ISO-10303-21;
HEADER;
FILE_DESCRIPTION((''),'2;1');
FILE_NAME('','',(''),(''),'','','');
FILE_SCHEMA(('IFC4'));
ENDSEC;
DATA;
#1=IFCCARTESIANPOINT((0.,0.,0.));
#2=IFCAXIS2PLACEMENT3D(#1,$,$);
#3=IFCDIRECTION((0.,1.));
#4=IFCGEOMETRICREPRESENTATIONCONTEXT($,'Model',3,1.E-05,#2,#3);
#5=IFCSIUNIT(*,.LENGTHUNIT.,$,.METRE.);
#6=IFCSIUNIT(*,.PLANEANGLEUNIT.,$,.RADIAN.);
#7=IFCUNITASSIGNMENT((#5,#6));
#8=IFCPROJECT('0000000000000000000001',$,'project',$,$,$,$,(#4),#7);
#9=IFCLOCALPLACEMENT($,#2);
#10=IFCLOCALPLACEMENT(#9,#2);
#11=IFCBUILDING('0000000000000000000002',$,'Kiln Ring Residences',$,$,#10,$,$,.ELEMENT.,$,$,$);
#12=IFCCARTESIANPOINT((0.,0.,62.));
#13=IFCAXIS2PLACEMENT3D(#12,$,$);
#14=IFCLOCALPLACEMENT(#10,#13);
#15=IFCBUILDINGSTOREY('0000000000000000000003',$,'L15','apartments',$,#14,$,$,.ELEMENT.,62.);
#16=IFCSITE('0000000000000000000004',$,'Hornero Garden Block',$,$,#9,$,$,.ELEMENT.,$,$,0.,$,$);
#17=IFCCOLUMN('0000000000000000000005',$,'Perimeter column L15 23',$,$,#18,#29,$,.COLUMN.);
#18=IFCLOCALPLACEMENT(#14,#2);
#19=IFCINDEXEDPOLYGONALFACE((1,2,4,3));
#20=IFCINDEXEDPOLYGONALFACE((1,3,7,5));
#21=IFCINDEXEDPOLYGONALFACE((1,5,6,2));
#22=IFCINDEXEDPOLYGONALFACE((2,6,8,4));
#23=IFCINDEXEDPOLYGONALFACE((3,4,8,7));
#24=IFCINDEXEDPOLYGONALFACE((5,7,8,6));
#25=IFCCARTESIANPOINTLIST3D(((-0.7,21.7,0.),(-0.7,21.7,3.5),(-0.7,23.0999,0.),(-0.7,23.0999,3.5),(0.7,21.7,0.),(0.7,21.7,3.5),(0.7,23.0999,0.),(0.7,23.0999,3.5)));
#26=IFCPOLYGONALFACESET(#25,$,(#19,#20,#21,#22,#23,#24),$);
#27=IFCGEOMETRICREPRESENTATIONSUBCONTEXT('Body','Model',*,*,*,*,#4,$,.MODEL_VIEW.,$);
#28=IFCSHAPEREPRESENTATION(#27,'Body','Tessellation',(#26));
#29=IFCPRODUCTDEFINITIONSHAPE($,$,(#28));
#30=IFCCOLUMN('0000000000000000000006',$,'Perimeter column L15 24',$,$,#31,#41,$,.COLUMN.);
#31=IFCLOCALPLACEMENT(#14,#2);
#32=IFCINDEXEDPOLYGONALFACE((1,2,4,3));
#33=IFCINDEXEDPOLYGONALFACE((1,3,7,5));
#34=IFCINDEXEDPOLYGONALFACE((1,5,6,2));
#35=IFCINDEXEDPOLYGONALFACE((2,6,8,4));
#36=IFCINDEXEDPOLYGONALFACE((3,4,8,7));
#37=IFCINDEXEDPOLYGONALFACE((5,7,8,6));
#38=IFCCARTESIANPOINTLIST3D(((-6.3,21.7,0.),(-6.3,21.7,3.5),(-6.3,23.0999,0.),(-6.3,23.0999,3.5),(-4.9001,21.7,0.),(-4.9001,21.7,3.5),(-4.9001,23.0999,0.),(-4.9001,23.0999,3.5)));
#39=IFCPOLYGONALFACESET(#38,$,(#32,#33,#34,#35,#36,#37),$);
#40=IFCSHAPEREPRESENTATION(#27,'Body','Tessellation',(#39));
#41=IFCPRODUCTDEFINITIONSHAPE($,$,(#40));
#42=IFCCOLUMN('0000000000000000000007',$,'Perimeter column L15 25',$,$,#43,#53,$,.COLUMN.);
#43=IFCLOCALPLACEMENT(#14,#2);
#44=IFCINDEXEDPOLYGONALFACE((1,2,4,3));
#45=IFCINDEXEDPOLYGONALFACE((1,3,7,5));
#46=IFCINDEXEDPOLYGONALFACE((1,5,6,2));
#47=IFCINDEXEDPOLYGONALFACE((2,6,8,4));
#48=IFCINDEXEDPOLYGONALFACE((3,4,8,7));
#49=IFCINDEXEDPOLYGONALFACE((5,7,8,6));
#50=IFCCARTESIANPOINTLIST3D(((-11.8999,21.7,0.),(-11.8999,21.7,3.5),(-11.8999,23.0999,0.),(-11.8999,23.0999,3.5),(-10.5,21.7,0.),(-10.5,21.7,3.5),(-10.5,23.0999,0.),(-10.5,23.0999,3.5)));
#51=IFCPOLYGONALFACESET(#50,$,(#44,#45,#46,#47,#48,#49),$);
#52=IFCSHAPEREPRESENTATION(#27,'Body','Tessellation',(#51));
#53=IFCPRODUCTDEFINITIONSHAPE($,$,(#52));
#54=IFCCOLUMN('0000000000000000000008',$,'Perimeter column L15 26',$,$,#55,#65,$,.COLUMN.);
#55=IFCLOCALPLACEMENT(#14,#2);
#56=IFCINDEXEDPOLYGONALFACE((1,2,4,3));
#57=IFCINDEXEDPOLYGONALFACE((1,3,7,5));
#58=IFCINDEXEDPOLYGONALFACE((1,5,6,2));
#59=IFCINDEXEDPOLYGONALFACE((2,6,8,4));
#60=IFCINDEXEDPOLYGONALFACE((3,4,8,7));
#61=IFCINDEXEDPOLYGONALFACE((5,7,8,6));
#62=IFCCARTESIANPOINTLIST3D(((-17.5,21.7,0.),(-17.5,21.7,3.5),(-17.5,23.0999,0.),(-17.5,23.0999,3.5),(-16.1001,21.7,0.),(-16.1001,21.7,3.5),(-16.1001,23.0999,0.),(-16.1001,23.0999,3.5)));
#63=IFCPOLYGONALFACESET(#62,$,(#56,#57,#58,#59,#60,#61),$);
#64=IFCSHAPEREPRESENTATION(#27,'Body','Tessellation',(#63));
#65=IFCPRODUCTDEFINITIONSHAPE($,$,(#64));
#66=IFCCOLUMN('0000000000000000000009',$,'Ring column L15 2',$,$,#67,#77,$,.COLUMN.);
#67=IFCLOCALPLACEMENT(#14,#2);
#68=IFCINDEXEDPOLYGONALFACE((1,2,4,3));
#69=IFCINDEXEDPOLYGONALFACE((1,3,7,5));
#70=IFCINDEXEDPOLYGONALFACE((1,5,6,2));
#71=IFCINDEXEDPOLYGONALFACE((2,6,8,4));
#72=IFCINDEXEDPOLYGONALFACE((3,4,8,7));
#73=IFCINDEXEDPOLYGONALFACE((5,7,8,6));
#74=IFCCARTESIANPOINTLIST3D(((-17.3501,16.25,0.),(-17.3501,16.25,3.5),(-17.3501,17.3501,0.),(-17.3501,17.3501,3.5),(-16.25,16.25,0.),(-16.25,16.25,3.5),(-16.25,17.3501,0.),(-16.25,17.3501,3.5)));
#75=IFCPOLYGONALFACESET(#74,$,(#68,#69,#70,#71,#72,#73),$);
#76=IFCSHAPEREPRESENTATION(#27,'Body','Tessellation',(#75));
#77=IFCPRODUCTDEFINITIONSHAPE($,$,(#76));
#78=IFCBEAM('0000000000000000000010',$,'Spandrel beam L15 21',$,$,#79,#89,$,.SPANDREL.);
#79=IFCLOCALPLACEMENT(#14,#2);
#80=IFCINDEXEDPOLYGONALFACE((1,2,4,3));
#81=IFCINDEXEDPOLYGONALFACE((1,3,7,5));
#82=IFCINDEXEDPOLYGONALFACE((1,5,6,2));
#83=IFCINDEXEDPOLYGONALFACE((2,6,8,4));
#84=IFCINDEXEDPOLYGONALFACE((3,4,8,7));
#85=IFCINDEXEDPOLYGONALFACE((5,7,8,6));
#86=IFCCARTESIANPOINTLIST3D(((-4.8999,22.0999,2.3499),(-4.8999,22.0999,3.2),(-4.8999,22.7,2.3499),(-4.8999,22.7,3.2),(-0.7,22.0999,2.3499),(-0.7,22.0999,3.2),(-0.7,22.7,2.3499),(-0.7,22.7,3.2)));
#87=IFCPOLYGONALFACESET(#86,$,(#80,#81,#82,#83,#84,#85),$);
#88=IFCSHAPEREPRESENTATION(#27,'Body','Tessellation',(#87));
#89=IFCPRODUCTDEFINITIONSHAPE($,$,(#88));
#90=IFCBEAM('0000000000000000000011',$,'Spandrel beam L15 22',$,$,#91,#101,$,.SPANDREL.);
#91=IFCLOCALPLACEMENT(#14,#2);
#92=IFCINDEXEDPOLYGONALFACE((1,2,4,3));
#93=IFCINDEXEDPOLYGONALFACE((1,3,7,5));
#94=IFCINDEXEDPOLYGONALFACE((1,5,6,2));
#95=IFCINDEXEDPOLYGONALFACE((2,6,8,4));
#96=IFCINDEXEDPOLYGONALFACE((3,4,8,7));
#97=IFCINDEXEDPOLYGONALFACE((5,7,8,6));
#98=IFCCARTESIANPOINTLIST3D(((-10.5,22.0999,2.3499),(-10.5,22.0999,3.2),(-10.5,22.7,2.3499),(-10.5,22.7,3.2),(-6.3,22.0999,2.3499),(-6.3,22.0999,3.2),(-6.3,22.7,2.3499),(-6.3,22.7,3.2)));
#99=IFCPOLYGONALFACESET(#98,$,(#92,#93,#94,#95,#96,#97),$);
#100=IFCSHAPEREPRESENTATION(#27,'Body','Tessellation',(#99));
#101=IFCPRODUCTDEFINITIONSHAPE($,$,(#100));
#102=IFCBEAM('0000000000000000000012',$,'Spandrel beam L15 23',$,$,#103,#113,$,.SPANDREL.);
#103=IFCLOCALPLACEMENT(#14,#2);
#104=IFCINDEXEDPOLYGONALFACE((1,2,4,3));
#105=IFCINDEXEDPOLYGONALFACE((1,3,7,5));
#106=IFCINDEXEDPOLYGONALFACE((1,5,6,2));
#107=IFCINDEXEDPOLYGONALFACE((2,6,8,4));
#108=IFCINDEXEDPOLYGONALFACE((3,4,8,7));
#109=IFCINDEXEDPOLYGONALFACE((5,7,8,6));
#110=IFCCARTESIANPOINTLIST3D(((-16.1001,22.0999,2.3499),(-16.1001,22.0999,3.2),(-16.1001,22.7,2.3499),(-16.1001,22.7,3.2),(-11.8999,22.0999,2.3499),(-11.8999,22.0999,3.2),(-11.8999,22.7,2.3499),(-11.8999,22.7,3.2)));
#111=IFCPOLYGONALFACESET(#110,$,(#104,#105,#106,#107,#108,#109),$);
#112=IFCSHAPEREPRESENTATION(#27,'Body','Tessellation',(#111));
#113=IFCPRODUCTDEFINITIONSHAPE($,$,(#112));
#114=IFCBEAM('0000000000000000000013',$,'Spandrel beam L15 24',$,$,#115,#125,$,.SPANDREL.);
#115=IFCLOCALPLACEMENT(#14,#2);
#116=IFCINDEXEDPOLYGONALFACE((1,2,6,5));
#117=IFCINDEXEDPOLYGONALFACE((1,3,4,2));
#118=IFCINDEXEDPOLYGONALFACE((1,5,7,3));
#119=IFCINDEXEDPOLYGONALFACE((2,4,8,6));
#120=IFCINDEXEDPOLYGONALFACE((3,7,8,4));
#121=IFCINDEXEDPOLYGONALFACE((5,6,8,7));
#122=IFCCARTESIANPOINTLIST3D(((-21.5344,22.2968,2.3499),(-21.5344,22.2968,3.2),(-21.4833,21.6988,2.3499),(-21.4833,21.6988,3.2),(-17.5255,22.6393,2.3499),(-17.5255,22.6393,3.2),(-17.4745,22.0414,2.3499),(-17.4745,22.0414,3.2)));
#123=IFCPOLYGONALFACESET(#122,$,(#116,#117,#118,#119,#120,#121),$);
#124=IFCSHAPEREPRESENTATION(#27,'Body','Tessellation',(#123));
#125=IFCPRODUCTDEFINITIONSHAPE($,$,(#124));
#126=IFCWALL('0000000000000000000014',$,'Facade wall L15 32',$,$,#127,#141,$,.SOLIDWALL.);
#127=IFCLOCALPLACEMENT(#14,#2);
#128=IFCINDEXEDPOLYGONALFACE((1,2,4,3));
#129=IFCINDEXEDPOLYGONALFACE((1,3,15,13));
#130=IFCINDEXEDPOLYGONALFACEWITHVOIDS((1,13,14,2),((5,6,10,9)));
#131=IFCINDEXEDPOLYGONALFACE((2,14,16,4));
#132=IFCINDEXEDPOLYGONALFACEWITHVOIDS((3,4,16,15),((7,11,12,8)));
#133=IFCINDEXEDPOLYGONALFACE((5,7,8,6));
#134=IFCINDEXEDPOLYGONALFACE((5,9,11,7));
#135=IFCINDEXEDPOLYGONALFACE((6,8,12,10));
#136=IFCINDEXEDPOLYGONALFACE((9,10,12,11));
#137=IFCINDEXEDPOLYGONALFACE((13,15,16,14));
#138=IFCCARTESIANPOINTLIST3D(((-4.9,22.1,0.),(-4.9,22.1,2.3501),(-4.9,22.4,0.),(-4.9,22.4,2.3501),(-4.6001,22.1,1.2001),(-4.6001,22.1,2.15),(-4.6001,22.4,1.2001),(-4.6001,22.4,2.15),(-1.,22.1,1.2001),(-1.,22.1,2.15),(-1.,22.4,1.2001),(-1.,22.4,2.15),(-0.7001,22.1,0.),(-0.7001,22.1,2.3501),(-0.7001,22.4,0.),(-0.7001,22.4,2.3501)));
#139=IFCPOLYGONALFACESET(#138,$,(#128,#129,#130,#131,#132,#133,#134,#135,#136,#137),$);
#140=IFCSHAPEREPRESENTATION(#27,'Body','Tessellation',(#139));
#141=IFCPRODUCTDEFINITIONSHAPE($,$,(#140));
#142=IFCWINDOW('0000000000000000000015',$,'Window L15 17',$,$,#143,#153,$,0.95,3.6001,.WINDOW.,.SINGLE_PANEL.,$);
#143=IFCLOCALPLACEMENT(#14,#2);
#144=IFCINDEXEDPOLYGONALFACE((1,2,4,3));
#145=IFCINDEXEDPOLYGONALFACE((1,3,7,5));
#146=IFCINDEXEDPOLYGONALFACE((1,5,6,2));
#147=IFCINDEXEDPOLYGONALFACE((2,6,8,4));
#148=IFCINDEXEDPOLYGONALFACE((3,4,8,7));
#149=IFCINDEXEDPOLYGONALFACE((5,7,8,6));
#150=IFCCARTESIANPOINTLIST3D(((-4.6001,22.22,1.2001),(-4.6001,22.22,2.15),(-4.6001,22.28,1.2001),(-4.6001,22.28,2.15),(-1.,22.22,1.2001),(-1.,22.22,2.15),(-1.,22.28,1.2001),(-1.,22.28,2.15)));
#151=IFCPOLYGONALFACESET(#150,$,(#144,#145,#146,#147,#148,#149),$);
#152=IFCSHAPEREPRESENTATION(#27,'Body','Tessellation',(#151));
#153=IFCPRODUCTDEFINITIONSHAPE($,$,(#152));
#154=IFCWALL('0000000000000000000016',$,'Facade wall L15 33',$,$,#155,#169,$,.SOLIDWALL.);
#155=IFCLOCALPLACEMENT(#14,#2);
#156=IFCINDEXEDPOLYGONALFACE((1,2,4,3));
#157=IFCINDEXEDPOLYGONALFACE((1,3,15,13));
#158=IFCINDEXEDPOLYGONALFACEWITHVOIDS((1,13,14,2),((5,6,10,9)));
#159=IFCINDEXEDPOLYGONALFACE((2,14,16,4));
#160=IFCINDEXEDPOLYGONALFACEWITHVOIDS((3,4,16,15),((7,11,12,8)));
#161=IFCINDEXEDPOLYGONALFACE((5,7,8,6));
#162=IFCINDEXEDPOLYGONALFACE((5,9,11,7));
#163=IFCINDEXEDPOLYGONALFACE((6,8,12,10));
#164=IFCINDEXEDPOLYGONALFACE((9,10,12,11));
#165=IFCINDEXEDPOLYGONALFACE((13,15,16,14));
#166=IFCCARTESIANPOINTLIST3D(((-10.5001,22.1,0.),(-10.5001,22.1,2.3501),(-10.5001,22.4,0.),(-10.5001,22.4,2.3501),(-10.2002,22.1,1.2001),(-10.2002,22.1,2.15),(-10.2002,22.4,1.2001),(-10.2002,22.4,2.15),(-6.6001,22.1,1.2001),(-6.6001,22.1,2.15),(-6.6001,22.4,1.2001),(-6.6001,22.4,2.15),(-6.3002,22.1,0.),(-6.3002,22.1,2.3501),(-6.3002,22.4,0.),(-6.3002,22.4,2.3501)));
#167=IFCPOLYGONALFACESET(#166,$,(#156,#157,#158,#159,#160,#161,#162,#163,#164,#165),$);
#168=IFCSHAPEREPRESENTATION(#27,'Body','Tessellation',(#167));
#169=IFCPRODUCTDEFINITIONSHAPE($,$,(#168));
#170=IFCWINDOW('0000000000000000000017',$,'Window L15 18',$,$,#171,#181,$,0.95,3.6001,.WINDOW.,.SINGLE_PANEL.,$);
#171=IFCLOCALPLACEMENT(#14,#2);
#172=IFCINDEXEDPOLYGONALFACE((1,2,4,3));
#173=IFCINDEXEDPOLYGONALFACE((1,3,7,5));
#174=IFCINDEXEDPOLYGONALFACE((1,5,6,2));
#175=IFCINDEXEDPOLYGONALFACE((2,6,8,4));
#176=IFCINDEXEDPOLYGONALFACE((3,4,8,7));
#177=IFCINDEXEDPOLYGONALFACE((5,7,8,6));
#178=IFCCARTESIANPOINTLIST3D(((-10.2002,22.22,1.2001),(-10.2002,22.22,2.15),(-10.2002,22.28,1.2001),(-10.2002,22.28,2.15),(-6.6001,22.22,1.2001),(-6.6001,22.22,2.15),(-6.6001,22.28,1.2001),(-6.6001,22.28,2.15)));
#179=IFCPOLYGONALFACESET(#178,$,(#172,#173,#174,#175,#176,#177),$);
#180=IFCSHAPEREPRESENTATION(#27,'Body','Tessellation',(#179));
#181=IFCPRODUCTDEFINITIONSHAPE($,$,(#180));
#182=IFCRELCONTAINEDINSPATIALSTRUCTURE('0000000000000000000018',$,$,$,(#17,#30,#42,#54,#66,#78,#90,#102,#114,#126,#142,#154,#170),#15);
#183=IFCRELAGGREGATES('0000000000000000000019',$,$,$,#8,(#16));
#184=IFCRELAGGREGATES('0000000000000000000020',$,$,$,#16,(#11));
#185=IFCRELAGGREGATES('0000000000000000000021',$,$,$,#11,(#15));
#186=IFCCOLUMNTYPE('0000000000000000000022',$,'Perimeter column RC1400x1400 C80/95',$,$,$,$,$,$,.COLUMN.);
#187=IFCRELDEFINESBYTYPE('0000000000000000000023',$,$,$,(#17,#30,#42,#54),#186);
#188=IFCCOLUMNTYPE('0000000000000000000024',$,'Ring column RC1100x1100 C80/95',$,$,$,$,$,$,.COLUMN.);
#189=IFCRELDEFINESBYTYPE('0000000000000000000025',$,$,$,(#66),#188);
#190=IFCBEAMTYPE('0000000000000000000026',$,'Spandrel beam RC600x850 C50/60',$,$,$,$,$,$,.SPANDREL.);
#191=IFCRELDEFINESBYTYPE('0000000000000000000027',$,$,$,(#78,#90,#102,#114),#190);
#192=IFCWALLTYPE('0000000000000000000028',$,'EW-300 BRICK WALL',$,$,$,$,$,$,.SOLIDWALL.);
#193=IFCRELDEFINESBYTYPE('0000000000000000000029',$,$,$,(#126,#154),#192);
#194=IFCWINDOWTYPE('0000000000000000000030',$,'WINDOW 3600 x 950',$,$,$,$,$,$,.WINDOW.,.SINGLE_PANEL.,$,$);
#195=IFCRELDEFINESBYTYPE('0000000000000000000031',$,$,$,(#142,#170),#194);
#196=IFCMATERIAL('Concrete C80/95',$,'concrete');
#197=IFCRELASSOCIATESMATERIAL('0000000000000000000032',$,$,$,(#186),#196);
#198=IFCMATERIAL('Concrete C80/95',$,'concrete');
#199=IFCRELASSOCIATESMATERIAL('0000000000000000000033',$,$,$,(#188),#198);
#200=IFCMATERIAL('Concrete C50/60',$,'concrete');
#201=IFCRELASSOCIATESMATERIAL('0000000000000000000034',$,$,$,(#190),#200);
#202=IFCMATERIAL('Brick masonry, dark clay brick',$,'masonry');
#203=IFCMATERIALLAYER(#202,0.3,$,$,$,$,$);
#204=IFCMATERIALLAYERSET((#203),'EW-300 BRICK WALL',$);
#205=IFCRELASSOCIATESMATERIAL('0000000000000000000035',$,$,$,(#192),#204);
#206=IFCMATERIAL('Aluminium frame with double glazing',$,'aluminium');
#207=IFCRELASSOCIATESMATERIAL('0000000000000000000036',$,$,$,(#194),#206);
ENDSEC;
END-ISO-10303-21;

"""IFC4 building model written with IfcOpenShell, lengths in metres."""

from ifc_helpers import new_model, si_unit, direction, frame, frame_2d, origin, origin_2d, place, context, subcontext, project, spatial, rectangle, extrude, material, layer, layer_set, material_profile, profile_set, type_object, element, fill, save


model = new_model("IFC4")

# Units and contexts
model_context = context("Model", 3, precision=1e-05, world=origin(), true_north=direction((0.0, 1.0)))
body_context = subcontext(model_context, "Body", "Model", "MODEL_VIEW")
ifc_project = project(units=[si_unit("LENGTHUNIT", "METRE"), si_unit("PLANEANGLEUNIT", "RADIAN")], contexts=[model_context])

# Site, building, storey
site_placement = place(None, origin())
site = spatial("IfcSite", under=ifc_project, at=site_placement, Name="Hornero Garden Block", CompositionType="ELEMENT", RefElevation=0.0)
building_placement = place(site_placement, origin())
building = spatial("IfcBuilding", under=site, at=building_placement, Name="Kiln Ring Residences", CompositionType="ELEMENT")
storey_placement = place(building_placement, frame((0.0, 0.0, 62.0)))
storey = spatial("IfcBuildingStorey", under=building, at=storey_placement, Name="L15", Description="apartments", CompositionType="ELEMENT", Elevation=62.0)

# Columns
ifc_material_1 = material(Name="Concrete C80/95", Category="concrete")
ifc_material_profile_1 = material_profile(ifc_material_1, rectangle(XDim=1.3999, YDim=1.3999, at=origin_2d()), Name="RC1400x1400")
ifc_profile_set_1 = profile_set([ifc_material_profile_1], Name="Concrete C80/95")
column_type_1 = type_object("IfcColumnType", Name="Perimeter column RC1400x1400 C80/95", PredefinedType="COLUMN", material=ifc_profile_set_1)
for number, where, z_axis, x_axis, name in (
    (1, (0.0, 22.3999, 0.0), (0.0, 0.0, 1.0), (1.0, 0.0, 0.0), "Perimeter column L15 23"),
    (2, (-5.6001, 22.3999, 0.0), (0.0, 0.0, 1.0), (1.0, 0.0, 0.0), "Perimeter column L15 24"),
    (3, (-11.2, 22.3999, 0.0), (0.0, 0.0, 1.0), (1.0, 0.0, 0.0), "Perimeter column L15 25"),
    (4, (-16.8, 22.3999, 0.0), (0.0, 0.0, 1.0), (1.0, 0.0, 0.0), "Perimeter column L15 26"),
):
    element("IfcColumn", number, at=place(storey_placement, frame(where, z_axis=z_axis, x_axis=x_axis)), inside=storey, type_object=column_type_1, Name=name, PredefinedType="COLUMN", context=body_context, shape_type="SweptSolid", body=[
        extrude(rectangle(XDim=1.3999, YDim=1.3999, at=origin_2d()), origin(), (0.0, 0.0, 1.0), 3.5),
    ])
ifc_material_2 = material(Name="Concrete C80/95", Category="concrete")
ifc_material_profile_2 = material_profile(ifc_material_2, rectangle(XDim=1.1001, YDim=1.1001, at=origin_2d()), Name="RC1100x1100")
ifc_profile_set_2 = profile_set([ifc_material_profile_2], Name="Concrete C80/95")
column_type_2 = type_object("IfcColumnType", Name="Ring column RC1100x1100 C80/95", PredefinedType="COLUMN", material=ifc_profile_set_2)
column_placement = place(storey_placement, frame((-16.8, 16.8, 0.0), z_axis=(0.0, 0.0, 1.0), x_axis=(1.0, 0.0, 0.0)))
element("IfcColumn", 5, at=column_placement, inside=storey, type_object=column_type_2, Name="Ring column L15 2", PredefinedType="COLUMN", context=body_context, shape_type="SweptSolid", body=[
    extrude(rectangle(XDim=1.1001, YDim=1.1001, at=origin_2d()), origin(), (0.0, 0.0, 1.0), 3.5),
])

# Beams
ifc_material_3 = material(Name="Concrete C50/60", Category="concrete")
ifc_material_profile_3 = material_profile(ifc_material_3, rectangle(XDim=0.6001, YDim=0.8501, at=origin_2d()), Name="RC600x850")
ifc_profile_set_3 = profile_set([ifc_material_profile_3], Name="Concrete C50/60")
beam_type = type_object("IfcBeamType", Name="Spandrel beam RC600x850 C50/60", PredefinedType="SPANDREL", material=ifc_profile_set_3)
for number, where, z_axis, x_axis, name in (
    (6, (-0.7, 22.3999, 2.7749), (-1.0, 0.0, 0.0), (0.0, -1.0, 0.0), "Spandrel beam L15 21"),
    (7, (-6.3, 22.3999, 2.7749), (-1.0, 0.0, 0.0), (0.0, -1.0, 0.0), "Spandrel beam L15 22"),
):
    element("IfcBeam", number, at=place(storey_placement, frame(where, z_axis=z_axis, x_axis=x_axis)), inside=storey, type_object=beam_type, Name=name, PredefinedType="SPANDREL", context=body_context, shape_type="SweptSolid", body=[
        extrude(rectangle(XDim=0.6001, YDim=0.8501, at=origin_2d()), origin(), (0.0, 0.0, 1.0), 4.2),
    ])
beam_1_placement = place(storey_placement, frame((-11.8999, 22.3999, 2.7749), z_axis=(-1.0, 0.0, 0.0), x_axis=(0.0, -1.0, 0.0)))
element("IfcBeam", 8, at=beam_1_placement, inside=storey, type_object=beam_type, Name="Spandrel beam L15 23", PredefinedType="SPANDREL", context=body_context, shape_type="SweptSolid", body=[
    extrude(rectangle(XDim=0.6001, YDim=0.8501, at=origin_2d()), origin(), (0.0, 0.0, 1.0), 4.2002),
])
beam_2_placement = place(storey_placement, frame((-17.5, 22.3403, 2.7749), z_axis=(-0.996369, -0.085134, 0.0), x_axis=(0.085134, -0.996369, 0.0)))
element("IfcBeam", 9, at=beam_2_placement, inside=storey, type_object=beam_type, Name="Spandrel beam L15 24", PredefinedType="SPANDREL", context=body_context, shape_type="SweptSolid", body=[
    extrude(rectangle(XDim=0.6001, YDim=0.8501, at=origin_2d()), origin(), (0.0, 0.0, 1.0), 4.0234),
])

# Walls, openings, windows
ifc_material_4 = material(Name="Brick masonry, dark clay brick", Category="masonry")
ifc_layer_1 = layer(ifc_material_4, 0.3)
ifc_layer_set_1 = layer_set([ifc_layer_1], Name="EW-300 BRICK WALL")
wall_type_1 = type_object("IfcWallType", Name="EW-300 BRICK WALL", PredefinedType="SOLIDWALL", material=ifc_layer_set_1)
wall_1_placement = place(storey_placement, frame((-0.7, 22.25, 0.0), z_axis=(0.0, 0.0, 1.0), x_axis=(-1.0, 0.0, 0.0)))
wall_1 = element("IfcWall", 10, at=wall_1_placement, inside=storey, type_object=wall_type_1, Name="Facade wall L15 32", PredefinedType="SOLIDWALL", context=body_context, shape_type="SweptSolid", body=[
    extrude(rectangle(XDim=4.2, YDim=0.3, at=frame_2d((2.1001, 0.0))), origin(), (0.0, 0.0, 1.0), 2.3501),
])
opening_1_placement = place(wall_1_placement, frame((0.3, 0.0, 1.2)))
opening_1 = element("IfcOpeningElement", 11, at=opening_1_placement, cuts=wall_1, PredefinedType="OPENING", context=body_context, shape_type="SweptSolid", body=[
    extrude(rectangle(XDim=3.6001, YDim=0.95, at=frame_2d((1.8, 0.4751))), frame((0.0, 0.1599, 0.0), z_axis=(0.0, -1.0, 0.0), x_axis=(1.0, 0.0, 0.0)), (0.0, 0.0, 1.0), 0.3201),
])
ifc_material_5 = material(Name="Aluminium frame with double glazing", Category="aluminium")
window_type = type_object("IfcWindowType", Name="WINDOW 3600 x 950", PartitioningType="SINGLE_PANEL", PredefinedType="WINDOW", material=ifc_material_5)
window_1_placement = place(opening_1_placement, origin())
window_1 = element("IfcWindow", 12, at=window_1_placement, inside=storey, type_object=window_type, Name="Window L15 17", OverallHeight=0.95, OverallWidth=3.6001, PartitioningType="SINGLE_PANEL", PredefinedType="WINDOW", context=body_context, shape_type="SweptSolid", body=[
    extrude(rectangle(XDim=3.6001, YDim=0.95, at=frame_2d((1.8, 0.4751))), frame((0.0, 0.03, 0.0), z_axis=(0.0, -1.0, 0.0), x_axis=(1.0, 0.0, 0.0)), (0.0, 0.0, 1.0), 0.0601),
])
fill(opening_1, window_1)
wall_2_placement = place(storey_placement, frame((-6.3, 22.25, 0.0), z_axis=(0.0, 0.0, 1.0), x_axis=(-1.0, 0.0, 0.0)))
wall_2 = element("IfcWall", 13, at=wall_2_placement, inside=storey, type_object=wall_type_1, Name="Facade wall L15 33", PredefinedType="SOLIDWALL", context=body_context, shape_type="SweptSolid", body=[
    extrude(rectangle(XDim=4.2, YDim=0.3, at=frame_2d((2.1001, 0.0))), origin(), (0.0, 0.0, 1.0), 2.3501),
])
opening_2_placement = place(wall_2_placement, frame((0.3, 0.0, 1.2)))
opening_2 = element("IfcOpeningElement", 14, at=opening_2_placement, cuts=wall_2, PredefinedType="OPENING", context=body_context, shape_type="SweptSolid", body=[
    extrude(rectangle(XDim=3.6001, YDim=0.95, at=frame_2d((1.8, 0.4751))), frame((0.0, 0.1599, 0.0), z_axis=(0.0, -1.0, 0.0), x_axis=(1.0, 0.0, 0.0)), (0.0, 0.0, 1.0), 0.3201),
])
window_2_placement = place(opening_2_placement, origin())
window_2 = element("IfcWindow", 15, at=window_2_placement, inside=storey, type_object=window_type, Name="Window L15 18", OverallHeight=0.95, OverallWidth=3.6001, PartitioningType="SINGLE_PANEL", PredefinedType="WINDOW", context=body_context, shape_type="SweptSolid", body=[
    extrude(rectangle(XDim=3.6001, YDim=0.95, at=frame_2d((1.8, 0.4751))), frame((0.0, 0.03, 0.0), z_axis=(0.0, -1.0, 0.0), x_axis=(1.0, 0.0, 0.0)), (0.0, 0.0, 1.0), 0.0601),
])
fill(opening_2, window_2)

save(model, "model.ifc")
